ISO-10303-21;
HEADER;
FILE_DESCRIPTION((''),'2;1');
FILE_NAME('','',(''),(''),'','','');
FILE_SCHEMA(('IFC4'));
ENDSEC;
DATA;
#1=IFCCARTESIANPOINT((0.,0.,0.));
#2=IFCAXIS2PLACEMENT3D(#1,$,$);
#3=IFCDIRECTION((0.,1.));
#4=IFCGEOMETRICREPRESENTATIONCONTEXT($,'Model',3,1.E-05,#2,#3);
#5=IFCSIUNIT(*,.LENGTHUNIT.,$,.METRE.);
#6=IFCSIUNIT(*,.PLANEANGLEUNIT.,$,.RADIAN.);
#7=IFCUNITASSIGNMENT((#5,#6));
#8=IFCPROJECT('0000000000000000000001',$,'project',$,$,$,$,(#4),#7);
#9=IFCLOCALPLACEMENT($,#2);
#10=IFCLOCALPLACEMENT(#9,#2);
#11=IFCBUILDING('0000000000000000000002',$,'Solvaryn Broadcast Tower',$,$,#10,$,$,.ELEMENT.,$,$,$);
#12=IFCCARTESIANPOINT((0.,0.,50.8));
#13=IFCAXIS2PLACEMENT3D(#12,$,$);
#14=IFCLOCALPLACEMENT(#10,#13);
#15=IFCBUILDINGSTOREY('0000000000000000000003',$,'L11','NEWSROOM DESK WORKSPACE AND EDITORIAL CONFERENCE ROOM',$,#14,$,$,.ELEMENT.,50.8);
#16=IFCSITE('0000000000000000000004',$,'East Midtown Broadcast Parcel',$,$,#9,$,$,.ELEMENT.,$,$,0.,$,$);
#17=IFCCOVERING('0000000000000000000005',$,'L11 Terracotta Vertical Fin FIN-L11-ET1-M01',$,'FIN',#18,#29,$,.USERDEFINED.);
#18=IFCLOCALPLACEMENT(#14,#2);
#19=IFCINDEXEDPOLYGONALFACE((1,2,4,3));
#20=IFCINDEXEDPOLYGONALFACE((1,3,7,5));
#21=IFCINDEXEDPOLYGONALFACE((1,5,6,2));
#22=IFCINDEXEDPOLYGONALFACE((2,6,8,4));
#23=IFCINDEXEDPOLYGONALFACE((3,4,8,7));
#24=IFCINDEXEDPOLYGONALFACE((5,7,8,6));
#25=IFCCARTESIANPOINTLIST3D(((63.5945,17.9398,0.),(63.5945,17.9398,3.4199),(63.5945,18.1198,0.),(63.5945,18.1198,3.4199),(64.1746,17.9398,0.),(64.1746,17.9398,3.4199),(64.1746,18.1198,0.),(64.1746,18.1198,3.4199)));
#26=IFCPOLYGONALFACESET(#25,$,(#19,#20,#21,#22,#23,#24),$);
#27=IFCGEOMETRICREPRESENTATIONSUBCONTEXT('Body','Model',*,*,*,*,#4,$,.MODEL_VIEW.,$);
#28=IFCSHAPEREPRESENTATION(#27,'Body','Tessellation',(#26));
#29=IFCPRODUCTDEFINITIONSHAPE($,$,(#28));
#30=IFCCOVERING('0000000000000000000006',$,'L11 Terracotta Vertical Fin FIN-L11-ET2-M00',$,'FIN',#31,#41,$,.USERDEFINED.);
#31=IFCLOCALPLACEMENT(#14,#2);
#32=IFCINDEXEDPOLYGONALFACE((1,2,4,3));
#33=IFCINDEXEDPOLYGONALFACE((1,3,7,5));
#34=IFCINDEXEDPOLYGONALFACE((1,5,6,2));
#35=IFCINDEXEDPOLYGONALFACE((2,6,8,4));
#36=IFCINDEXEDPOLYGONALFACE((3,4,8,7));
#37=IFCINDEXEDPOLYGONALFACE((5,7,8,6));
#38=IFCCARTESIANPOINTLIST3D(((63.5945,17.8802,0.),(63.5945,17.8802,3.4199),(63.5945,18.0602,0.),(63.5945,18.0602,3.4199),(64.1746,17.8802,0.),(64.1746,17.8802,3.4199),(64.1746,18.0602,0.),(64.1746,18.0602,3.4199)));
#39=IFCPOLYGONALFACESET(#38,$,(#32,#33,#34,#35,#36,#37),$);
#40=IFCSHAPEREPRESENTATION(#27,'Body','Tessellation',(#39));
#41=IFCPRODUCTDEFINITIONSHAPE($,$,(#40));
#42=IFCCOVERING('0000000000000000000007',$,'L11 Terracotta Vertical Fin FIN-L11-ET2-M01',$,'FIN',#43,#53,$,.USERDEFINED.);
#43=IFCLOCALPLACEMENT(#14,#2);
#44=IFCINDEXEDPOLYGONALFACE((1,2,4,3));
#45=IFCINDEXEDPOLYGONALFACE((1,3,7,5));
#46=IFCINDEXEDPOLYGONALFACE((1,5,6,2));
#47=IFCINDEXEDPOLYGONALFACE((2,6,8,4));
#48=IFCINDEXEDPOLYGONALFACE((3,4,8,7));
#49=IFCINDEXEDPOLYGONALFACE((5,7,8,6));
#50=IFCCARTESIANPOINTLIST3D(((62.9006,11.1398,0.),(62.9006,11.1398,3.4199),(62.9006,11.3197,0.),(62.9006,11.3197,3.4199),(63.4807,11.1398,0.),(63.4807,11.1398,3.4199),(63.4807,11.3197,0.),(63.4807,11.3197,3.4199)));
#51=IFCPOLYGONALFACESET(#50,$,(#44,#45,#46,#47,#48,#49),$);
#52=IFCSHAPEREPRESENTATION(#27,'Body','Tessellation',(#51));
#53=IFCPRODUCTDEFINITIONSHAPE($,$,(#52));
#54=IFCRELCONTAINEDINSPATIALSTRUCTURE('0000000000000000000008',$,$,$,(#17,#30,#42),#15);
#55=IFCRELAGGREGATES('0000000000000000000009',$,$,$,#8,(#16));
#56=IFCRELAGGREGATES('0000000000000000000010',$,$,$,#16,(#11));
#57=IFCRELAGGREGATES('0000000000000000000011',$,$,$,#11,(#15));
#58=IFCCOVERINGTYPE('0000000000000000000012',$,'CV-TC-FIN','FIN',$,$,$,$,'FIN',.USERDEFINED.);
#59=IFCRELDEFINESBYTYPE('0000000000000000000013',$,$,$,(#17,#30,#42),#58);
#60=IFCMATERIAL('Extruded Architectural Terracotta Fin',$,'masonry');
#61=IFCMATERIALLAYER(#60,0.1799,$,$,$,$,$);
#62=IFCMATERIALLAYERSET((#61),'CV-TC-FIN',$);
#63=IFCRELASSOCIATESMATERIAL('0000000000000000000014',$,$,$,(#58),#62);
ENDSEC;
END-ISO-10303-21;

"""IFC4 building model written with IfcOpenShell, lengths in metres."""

from ifc_helpers import new_model, si_unit, direction, frame, origin, origin_2d, place, context, subcontext, project, spatial, rectangle, extrude, material, layer, layer_set, type_object, element, save


model = new_model("IFC4")

# Units and contexts
model_context = context("Model", 3, precision=1e-05, world=origin(), true_north=direction((0.0, 1.0)))
body_context = subcontext(model_context, "Body", "Model", "MODEL_VIEW")
ifc_project = project(units=[si_unit("LENGTHUNIT", "METRE"), si_unit("PLANEANGLEUNIT", "RADIAN")], contexts=[model_context])

# Site, building, storey
site_placement = place(None, origin())
site = spatial("IfcSite", under=ifc_project, at=site_placement, Name="East Midtown Broadcast Parcel", CompositionType="ELEMENT", RefElevation=0.0)
building_placement = place(site_placement, origin())
building = spatial("IfcBuilding", under=site, at=building_placement, Name="Solvaryn Broadcast Tower", CompositionType="ELEMENT")
storey_placement = place(building_placement, frame((0.0, 0.0, 50.8)))
storey = spatial("IfcBuildingStorey", under=building, at=storey_placement, Name="L11", Description="NEWSROOM DESK WORKSPACE AND EDITORIAL CONFERENCE ROOM", CompositionType="ELEMENT", Elevation=50.8)

# Coverings
ifc_material_1 = material(Name="Extruded Architectural Terracotta Fin", Category="masonry")
ifc_layer_1 = layer(ifc_material_1, 0.1799)
ifc_layer_set_1 = layer_set([ifc_layer_1], Name="CV-TC-FIN")
covering_type_1 = type_object("IfcCoveringType", Name="CV-TC-FIN", Description="FIN", ElementType="FIN", PredefinedType="USERDEFINED", material=ifc_layer_set_1)
for number, where, z_axis, x_axis, name in (
    (1, (63.8845, 18.0298, 0.0), (0.0, 0.0, 1.0), (1.0, 0.0, 0.0), "L11 Terracotta Vertical Fin FIN-L11-ET1-M01"),
    (2, (63.8845, 17.9702, 0.0), (0.0, 0.0, 1.0), (1.0, 0.0, 0.0), "L11 Terracotta Vertical Fin FIN-L11-ET2-M00"),
    (3, (63.1907, 11.2297, 0.0), (0.0, 0.0, 1.0), (1.0, 0.0, 0.0), "L11 Terracotta Vertical Fin FIN-L11-ET2-M01"),
):
    element("IfcCovering", number, at=place(storey_placement, frame(where, z_axis=z_axis, x_axis=x_axis)), inside=storey, type_object=covering_type_1, Name=name, ObjectType="FIN", PredefinedType="USERDEFINED", context=body_context, shape_type="SweptSolid", body=[
        extrude(rectangle(XDim=0.5801, YDim=0.1799, at=origin_2d()), origin(), (0.0, 0.0, 1.0), 3.4199),
    ])

save(model, "model.ifc")
